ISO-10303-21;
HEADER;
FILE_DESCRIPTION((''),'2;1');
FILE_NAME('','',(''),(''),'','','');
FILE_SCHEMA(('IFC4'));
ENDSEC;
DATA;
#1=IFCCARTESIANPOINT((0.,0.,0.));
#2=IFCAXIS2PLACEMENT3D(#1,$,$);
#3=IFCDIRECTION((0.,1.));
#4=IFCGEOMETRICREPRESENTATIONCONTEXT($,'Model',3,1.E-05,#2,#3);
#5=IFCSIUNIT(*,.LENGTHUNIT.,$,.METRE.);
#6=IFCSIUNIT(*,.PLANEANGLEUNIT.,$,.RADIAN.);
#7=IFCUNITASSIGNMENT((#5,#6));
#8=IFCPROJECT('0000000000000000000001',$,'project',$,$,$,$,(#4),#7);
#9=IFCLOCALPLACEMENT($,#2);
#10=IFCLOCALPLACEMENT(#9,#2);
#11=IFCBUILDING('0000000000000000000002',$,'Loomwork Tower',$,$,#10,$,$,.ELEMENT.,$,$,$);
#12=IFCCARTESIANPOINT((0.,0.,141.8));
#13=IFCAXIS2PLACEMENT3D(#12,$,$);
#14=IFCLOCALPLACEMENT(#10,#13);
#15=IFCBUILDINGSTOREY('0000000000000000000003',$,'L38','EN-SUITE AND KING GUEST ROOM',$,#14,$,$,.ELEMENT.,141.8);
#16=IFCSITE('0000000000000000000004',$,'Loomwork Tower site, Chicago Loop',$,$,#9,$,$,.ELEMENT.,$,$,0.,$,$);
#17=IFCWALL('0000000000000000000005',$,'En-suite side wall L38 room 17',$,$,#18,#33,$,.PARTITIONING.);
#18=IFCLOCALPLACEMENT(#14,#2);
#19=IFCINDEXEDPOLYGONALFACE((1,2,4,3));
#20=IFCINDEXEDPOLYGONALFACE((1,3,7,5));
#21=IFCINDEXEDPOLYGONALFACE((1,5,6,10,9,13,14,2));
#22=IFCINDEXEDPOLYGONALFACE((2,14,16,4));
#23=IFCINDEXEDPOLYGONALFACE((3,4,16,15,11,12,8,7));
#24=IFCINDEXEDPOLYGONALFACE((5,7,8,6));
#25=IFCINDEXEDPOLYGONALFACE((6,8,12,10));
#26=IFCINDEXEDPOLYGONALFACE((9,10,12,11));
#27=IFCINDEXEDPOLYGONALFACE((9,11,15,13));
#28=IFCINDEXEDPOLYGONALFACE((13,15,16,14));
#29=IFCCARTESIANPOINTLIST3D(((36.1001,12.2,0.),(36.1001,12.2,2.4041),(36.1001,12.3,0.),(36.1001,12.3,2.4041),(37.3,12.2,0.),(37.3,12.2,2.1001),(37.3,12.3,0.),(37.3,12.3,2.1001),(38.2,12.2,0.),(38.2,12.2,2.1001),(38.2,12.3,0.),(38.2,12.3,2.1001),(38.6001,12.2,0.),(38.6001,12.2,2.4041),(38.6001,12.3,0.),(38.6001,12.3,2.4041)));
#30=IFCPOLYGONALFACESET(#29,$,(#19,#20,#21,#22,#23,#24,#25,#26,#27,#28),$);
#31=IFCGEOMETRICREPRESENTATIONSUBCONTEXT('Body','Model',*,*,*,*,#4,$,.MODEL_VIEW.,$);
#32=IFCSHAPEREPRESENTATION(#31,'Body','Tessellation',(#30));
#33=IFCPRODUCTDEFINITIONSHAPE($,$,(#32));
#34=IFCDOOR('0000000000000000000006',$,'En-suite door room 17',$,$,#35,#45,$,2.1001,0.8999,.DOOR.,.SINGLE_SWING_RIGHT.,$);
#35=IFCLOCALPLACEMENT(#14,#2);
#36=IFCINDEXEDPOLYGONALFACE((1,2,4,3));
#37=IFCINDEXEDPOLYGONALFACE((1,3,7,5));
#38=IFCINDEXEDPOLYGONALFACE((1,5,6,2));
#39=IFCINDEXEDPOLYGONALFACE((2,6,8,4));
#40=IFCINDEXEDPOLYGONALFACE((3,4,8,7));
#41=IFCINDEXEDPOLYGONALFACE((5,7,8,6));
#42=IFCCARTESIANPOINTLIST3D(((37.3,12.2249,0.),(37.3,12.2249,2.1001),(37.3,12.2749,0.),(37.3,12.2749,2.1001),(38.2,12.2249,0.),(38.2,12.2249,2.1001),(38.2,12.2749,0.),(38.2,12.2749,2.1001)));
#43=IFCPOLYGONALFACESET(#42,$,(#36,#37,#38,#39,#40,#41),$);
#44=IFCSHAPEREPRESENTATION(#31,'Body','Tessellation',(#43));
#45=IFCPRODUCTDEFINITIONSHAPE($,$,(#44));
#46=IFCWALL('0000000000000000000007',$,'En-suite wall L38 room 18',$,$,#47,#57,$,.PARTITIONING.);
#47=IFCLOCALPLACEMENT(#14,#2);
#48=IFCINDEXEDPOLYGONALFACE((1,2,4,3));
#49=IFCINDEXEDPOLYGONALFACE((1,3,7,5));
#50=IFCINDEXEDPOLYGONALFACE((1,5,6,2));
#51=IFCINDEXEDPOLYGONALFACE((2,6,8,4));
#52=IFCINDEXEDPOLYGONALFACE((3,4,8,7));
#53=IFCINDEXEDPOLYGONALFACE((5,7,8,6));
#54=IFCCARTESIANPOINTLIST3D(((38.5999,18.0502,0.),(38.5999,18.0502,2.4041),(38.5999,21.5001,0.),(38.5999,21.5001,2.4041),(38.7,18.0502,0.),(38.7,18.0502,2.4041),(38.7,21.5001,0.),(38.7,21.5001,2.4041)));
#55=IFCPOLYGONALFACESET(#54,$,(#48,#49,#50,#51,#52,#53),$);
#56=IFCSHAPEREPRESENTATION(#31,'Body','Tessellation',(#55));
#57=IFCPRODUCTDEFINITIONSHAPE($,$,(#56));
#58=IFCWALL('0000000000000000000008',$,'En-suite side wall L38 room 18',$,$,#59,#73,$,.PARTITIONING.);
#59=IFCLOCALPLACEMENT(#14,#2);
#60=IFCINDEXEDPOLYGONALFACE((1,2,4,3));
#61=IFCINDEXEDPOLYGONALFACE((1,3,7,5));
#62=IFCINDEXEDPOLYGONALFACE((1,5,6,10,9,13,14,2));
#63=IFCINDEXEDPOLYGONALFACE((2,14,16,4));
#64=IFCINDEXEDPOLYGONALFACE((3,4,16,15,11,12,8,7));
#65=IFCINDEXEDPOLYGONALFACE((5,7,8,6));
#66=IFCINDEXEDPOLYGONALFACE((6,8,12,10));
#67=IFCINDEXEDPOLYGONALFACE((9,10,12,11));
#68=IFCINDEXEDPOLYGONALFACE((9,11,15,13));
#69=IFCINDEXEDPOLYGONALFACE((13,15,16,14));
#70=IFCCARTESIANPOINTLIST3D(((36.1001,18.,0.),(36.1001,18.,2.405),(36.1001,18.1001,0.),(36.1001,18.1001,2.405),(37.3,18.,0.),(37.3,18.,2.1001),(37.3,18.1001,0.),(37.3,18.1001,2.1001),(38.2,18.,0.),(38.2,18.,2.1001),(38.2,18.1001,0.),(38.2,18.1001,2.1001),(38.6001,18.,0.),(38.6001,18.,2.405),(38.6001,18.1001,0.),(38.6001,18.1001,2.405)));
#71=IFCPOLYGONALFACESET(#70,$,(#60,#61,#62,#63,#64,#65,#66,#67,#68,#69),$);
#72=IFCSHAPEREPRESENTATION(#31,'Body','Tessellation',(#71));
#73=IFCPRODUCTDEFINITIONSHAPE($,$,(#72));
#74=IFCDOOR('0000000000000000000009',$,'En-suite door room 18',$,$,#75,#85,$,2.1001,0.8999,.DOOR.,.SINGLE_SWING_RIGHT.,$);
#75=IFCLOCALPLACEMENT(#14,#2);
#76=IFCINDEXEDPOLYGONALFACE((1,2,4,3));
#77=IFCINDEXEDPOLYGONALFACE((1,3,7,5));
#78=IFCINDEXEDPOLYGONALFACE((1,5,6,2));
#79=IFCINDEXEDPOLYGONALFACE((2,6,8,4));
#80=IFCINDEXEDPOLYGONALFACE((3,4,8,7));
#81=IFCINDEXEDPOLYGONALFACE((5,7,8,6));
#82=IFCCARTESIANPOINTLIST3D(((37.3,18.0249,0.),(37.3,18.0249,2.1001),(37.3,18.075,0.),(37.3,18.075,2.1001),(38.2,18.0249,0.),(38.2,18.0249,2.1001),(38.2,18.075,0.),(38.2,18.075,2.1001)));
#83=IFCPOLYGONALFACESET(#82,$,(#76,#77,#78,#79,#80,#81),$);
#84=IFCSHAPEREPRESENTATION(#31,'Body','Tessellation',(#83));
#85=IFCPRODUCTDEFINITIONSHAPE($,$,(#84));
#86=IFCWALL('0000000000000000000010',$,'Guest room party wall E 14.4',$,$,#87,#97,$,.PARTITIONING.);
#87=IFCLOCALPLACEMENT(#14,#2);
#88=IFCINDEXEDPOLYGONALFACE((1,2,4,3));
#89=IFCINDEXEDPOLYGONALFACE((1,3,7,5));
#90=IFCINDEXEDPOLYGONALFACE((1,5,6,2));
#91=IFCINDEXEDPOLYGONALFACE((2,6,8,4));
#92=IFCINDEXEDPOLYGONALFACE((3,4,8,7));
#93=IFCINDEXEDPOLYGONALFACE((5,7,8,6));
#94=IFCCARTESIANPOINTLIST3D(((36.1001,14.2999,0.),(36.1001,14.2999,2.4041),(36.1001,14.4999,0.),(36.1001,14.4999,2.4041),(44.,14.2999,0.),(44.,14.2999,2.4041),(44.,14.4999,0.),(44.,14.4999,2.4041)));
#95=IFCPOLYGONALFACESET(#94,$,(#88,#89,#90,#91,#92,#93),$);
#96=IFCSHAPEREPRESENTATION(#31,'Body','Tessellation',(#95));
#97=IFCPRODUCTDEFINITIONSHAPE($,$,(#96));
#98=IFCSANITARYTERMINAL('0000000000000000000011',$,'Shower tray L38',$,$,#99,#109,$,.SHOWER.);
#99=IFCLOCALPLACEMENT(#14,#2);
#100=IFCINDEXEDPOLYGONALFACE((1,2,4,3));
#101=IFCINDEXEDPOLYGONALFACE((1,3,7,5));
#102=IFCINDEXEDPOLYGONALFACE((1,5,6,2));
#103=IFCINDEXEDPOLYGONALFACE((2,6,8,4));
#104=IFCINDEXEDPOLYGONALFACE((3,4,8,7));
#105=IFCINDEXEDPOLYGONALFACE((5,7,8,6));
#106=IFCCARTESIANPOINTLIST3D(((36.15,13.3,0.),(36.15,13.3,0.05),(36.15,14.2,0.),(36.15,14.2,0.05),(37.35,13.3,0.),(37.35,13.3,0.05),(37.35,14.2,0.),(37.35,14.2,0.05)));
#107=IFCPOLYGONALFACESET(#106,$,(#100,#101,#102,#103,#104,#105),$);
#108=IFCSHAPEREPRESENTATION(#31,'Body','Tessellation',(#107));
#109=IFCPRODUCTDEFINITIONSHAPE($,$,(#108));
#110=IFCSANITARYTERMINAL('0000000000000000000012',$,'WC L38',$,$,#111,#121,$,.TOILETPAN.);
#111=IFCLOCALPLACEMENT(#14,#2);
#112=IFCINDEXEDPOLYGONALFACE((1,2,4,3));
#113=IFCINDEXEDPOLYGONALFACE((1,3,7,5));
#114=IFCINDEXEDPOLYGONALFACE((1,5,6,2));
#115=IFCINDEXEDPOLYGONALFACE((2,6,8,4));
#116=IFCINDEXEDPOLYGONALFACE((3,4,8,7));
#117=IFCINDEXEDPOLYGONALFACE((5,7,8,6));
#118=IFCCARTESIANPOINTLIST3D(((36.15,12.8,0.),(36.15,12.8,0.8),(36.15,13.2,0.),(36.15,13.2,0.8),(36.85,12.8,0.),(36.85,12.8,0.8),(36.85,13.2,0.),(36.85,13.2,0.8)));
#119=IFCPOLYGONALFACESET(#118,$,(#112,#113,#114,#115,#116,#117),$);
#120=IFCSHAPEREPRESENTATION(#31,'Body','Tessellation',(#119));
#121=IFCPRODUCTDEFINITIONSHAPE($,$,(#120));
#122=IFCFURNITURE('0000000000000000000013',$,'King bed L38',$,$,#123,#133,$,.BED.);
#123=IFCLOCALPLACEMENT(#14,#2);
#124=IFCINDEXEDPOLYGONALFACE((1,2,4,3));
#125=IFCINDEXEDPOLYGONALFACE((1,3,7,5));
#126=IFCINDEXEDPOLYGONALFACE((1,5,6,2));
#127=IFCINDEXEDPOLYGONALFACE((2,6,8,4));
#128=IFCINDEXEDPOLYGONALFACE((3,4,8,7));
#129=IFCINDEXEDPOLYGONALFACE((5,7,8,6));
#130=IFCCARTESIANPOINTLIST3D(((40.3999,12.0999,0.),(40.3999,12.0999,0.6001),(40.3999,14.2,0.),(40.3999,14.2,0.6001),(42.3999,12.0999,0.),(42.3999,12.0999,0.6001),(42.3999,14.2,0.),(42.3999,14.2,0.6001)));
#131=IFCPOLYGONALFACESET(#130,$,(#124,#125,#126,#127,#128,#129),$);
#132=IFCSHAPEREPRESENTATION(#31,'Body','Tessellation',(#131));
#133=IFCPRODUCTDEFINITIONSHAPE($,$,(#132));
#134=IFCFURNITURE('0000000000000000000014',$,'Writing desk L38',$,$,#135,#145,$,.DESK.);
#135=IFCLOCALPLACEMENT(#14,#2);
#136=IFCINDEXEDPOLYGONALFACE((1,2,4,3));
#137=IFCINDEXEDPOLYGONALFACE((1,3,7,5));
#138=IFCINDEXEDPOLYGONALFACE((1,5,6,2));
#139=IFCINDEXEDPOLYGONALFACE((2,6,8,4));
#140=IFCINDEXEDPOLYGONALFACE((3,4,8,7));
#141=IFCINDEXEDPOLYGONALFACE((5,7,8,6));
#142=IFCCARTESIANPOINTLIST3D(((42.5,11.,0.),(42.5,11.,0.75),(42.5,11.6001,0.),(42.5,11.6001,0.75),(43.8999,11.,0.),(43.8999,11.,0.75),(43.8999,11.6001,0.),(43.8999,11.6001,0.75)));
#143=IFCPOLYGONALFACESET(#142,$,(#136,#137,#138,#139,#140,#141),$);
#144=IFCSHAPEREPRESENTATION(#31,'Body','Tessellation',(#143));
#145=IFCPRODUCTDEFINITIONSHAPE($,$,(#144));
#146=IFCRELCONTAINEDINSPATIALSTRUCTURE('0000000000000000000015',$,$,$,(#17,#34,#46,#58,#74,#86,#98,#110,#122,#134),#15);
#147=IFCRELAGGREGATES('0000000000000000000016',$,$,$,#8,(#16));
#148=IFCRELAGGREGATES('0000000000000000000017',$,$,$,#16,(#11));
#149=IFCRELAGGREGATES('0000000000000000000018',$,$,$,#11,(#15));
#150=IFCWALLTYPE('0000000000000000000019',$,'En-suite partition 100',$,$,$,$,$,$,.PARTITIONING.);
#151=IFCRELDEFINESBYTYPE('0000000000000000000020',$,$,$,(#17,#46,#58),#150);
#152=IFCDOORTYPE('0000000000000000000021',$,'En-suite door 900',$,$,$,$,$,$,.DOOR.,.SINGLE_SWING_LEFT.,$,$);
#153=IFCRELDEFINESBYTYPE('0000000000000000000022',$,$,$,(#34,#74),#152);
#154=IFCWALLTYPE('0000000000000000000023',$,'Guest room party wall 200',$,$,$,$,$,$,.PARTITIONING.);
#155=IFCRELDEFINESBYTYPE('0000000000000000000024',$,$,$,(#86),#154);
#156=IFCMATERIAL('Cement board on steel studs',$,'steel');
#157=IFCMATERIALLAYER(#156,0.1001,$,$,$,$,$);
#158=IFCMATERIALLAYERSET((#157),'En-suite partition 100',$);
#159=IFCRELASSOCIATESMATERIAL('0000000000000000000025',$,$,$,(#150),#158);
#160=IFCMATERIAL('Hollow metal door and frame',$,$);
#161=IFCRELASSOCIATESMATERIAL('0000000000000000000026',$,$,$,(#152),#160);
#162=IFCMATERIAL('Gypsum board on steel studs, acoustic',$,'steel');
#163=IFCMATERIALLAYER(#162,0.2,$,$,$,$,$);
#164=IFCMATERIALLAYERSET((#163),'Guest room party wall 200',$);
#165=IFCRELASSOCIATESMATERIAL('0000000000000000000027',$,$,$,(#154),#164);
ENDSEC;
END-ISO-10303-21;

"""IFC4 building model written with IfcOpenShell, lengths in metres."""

from ifc_helpers import new_model, si_unit, direction, frame, frame_2d, origin, origin_2d, place, context, subcontext, project, spatial, rectangle, extrude, material, layer, layer_set, type_object, element, fill, save


model = new_model("IFC4")

# Units and contexts
model_context = context("Model", 3, precision=1e-05, world=origin(), true_north=direction((0.0, 1.0)))
body_context = subcontext(model_context, "Body", "Model", "MODEL_VIEW")
ifc_project = project(units=[si_unit("LENGTHUNIT", "METRE"), si_unit("PLANEANGLEUNIT", "RADIAN")], contexts=[model_context])

# Site, building, storey
site_placement = place(None, origin())
site = spatial("IfcSite", under=ifc_project, at=site_placement, Name="Loomwork Tower site, Chicago Loop", CompositionType="ELEMENT", RefElevation=0.0)
building_placement = place(site_placement, origin())
building = spatial("IfcBuilding", under=site, at=building_placement, Name="Loomwork Tower", CompositionType="ELEMENT")
storey_placement = place(building_placement, frame((0.0, 0.0, 141.8)))
storey = spatial("IfcBuildingStorey", under=building, at=storey_placement, Name="L38", Description="EN-SUITE AND KING GUEST ROOM", CompositionType="ELEMENT", Elevation=141.8)

# Shared definitions
ifc_material_1 = material(Name="Cement board on steel studs", Category="steel")
ifc_layer_1 = layer(ifc_material_1, 0.1001)
ifc_layer_set_1 = layer_set([ifc_layer_1], Name="En-suite partition 100")
wall_type_1 = type_object("IfcWallType", Name="En-suite partition 100", PredefinedType="PARTITIONING", material=ifc_layer_set_1)
ifc_material_2 = material(Name="Hollow metal door and frame")
door_type_1 = type_object("IfcDoorType", Name="En-suite door 900", OperationType="SINGLE_SWING_LEFT", PredefinedType="DOOR", material=ifc_material_2)

# Wall, opening, door
wall_1_placement = place(storey_placement, frame((36.1001, 12.25, 0.0), z_axis=(0.0, 0.0, 1.0), x_axis=(1.0, 0.0, 0.0)))
wall_1 = element("IfcWall", 1, at=wall_1_placement, inside=storey, type_object=wall_type_1, Name="En-suite side wall L38 room 17", PredefinedType="PARTITIONING", context=body_context, shape_type="SweptSolid", body=[
    extrude(rectangle(XDim=2.5, YDim=0.1001, at=frame_2d((1.25, 0.0))), origin(), (0.0, 0.0, 1.0), 2.4041),
])
opening_1_placement = place(wall_1_placement, frame((1.2, 0.0, 0.0)))
opening_1 = element("IfcOpeningElement", 2, at=opening_1_placement, cuts=wall_1, PredefinedType="OPENING", context=body_context, shape_type="SweptSolid", body=[
    extrude(rectangle(XDim=0.8999, YDim=2.1001, at=frame_2d((0.45, 1.05))), frame((0.0, 0.0601, 0.0), z_axis=(0.0, -1.0, 0.0), x_axis=(1.0, 0.0, 0.0)), (0.0, 0.0, 1.0), 0.1201),
])
door_1_placement = place(opening_1_placement, origin())
door_1 = element("IfcDoor", 3, at=door_1_placement, inside=storey, type_object=door_type_1, Name="En-suite door room 17", OperationType="SINGLE_SWING_RIGHT", OverallHeight=2.1001, OverallWidth=0.8999, PredefinedType="DOOR", context=body_context, shape_type="SweptSolid", body=[
    extrude(rectangle(XDim=0.8999, YDim=2.1001, at=frame_2d((0.45, 1.05))), frame((0.0, 0.0249, 0.0), z_axis=(0.0, -1.0, 0.0), x_axis=(1.0, 0.0, 0.0)), (0.0, 0.0, 1.0), 0.05),
])
fill(opening_1, door_1)

# Wall
wall_2_placement = place(storey_placement, frame((38.6499, 18.05, 0.0), z_axis=(0.0, 0.0, 1.0), x_axis=(0.0, 1.0, 0.0)))
element("IfcWall", 4, at=wall_2_placement, inside=storey, type_object=wall_type_1, Name="En-suite wall L38 room 18", PredefinedType="PARTITIONING", context=body_context, shape_type="SweptSolid", body=[
    extrude(rectangle(XDim=3.45, YDim=0.1001, at=frame_2d((1.7251, 0.0))), origin(), (0.0, 0.0, 1.0), 2.4041),
])

# Wall, opening, door
wall_3_placement = place(storey_placement, frame((36.1001, 18.05, 0.0), z_axis=(0.0, 0.0, 1.0), x_axis=(1.0, 0.0, 0.0)))
wall_3 = element("IfcWall", 5, at=wall_3_placement, inside=storey, type_object=wall_type_1, Name="En-suite side wall L38 room 18", PredefinedType="PARTITIONING", context=body_context, shape_type="SweptSolid", body=[
    extrude(rectangle(XDim=2.5, YDim=0.1001, at=frame_2d((1.25, 0.0))), origin(), (0.0, 0.0, 1.0), 2.405),
])
opening_2_placement = place(wall_3_placement, frame((1.2, 0.0, 0.0)))
opening_2 = element("IfcOpeningElement", 6, at=opening_2_placement, cuts=wall_3, PredefinedType="OPENING", context=body_context, shape_type="SweptSolid", body=[
    extrude(rectangle(XDim=0.8999, YDim=2.1001, at=frame_2d((0.45, 1.05))), frame((0.0, 0.0601, 0.0), z_axis=(0.0, -1.0, 0.0), x_axis=(1.0, 0.0, 0.0)), (0.0, 0.0, 1.0), 0.1201),
])
door_2_placement = place(opening_2_placement, origin())
door_2 = element("IfcDoor", 7, at=door_2_placement, inside=storey, type_object=door_type_1, Name="En-suite door room 18", OperationType="SINGLE_SWING_RIGHT", OverallHeight=2.1001, OverallWidth=0.8999, PredefinedType="DOOR", context=body_context, shape_type="SweptSolid", body=[
    extrude(rectangle(XDim=0.8999, YDim=2.1001, at=frame_2d((0.45, 1.05))), frame((0.0, 0.0249, 0.0), z_axis=(0.0, -1.0, 0.0), x_axis=(1.0, 0.0, 0.0)), (0.0, 0.0, 1.0), 0.05),
])
fill(opening_2, door_2)

# Wall
ifc_material_3 = material(Name="Gypsum board on steel studs, acoustic", Category="steel")
ifc_layer_2 = layer(ifc_material_3, 0.2)
ifc_layer_set_2 = layer_set([ifc_layer_2], Name="Guest room party wall 200")
wall_type_2 = type_object("IfcWallType", Name="Guest room party wall 200", PredefinedType="PARTITIONING", material=ifc_layer_set_2)
wall_4_placement = place(storey_placement, frame((36.1001, 14.3999, 0.0), z_axis=(0.0, 0.0, 1.0), x_axis=(1.0, 0.0, 0.0)))
element("IfcWall", 8, at=wall_4_placement, inside=storey, type_object=wall_type_2, Name="Guest room party wall E 14.4", PredefinedType="PARTITIONING", context=body_context, shape_type="SweptSolid", body=[
    extrude(rectangle(XDim=7.8999, YDim=0.2, at=frame_2d((3.95, 0.0))), origin(), (0.0, 0.0, 1.0), 2.4041),
])

# Sanitary terminals
sanitary_terminal_1_placement = place(storey_placement, frame((36.75, 13.75, 0.0), z_axis=(0.0, 0.0, 1.0), x_axis=(1.0, 0.0, 0.0)))
element("IfcSanitaryTerminal", 9, at=sanitary_terminal_1_placement, inside=storey, Name="Shower tray L38", PredefinedType="SHOWER", context=body_context, shape_type="SweptSolid", body=[
    extrude(rectangle(XDim=1.2, YDim=0.8999, at=origin_2d()), origin(), (0.0, 0.0, 1.0), 0.05),
])
sanitary_terminal_2_placement = place(storey_placement, frame((36.5, 13.0, 0.0), z_axis=(0.0, 0.0, 1.0), x_axis=(1.0, 0.0, 0.0)))
element("IfcSanitaryTerminal", 10, at=sanitary_terminal_2_placement, inside=storey, Name="WC L38", PredefinedType="TOILETPAN", context=body_context, shape_type="SweptSolid", body=[
    extrude(rectangle(XDim=0.7, YDim=0.3999, at=origin_2d()), origin(), (0.0, 0.0, 1.0), 0.8),
])

# Furniture
furniture_1_placement = place(storey_placement, frame((41.3999, 13.1499, 0.0), z_axis=(0.0, 0.0, 1.0), x_axis=(1.0, 0.0, 0.0)))
element("IfcFurniture", 11, at=furniture_1_placement, inside=storey, Name="King bed L38", PredefinedType="BED", context=body_context, shape_type="SweptSolid", body=[
    extrude(rectangle(XDim=2.0, YDim=2.1001, at=origin_2d()), origin(), (0.0, 0.0, 1.0), 0.6001),
])
furniture_2_placement = place(storey_placement, frame((43.2, 11.3, 0.0), z_axis=(0.0, 0.0, 1.0), x_axis=(1.0, 0.0, 0.0)))
element("IfcFurniture", 12, at=furniture_2_placement, inside=storey, Name="Writing desk L38", PredefinedType="DESK", context=body_context, shape_type="SweptSolid", body=[
    extrude(rectangle(XDim=1.3999, YDim=0.6001, at=origin_2d()), origin(), (0.0, 0.0, 1.0), 0.75),
])

save(model, "model.ifc")
